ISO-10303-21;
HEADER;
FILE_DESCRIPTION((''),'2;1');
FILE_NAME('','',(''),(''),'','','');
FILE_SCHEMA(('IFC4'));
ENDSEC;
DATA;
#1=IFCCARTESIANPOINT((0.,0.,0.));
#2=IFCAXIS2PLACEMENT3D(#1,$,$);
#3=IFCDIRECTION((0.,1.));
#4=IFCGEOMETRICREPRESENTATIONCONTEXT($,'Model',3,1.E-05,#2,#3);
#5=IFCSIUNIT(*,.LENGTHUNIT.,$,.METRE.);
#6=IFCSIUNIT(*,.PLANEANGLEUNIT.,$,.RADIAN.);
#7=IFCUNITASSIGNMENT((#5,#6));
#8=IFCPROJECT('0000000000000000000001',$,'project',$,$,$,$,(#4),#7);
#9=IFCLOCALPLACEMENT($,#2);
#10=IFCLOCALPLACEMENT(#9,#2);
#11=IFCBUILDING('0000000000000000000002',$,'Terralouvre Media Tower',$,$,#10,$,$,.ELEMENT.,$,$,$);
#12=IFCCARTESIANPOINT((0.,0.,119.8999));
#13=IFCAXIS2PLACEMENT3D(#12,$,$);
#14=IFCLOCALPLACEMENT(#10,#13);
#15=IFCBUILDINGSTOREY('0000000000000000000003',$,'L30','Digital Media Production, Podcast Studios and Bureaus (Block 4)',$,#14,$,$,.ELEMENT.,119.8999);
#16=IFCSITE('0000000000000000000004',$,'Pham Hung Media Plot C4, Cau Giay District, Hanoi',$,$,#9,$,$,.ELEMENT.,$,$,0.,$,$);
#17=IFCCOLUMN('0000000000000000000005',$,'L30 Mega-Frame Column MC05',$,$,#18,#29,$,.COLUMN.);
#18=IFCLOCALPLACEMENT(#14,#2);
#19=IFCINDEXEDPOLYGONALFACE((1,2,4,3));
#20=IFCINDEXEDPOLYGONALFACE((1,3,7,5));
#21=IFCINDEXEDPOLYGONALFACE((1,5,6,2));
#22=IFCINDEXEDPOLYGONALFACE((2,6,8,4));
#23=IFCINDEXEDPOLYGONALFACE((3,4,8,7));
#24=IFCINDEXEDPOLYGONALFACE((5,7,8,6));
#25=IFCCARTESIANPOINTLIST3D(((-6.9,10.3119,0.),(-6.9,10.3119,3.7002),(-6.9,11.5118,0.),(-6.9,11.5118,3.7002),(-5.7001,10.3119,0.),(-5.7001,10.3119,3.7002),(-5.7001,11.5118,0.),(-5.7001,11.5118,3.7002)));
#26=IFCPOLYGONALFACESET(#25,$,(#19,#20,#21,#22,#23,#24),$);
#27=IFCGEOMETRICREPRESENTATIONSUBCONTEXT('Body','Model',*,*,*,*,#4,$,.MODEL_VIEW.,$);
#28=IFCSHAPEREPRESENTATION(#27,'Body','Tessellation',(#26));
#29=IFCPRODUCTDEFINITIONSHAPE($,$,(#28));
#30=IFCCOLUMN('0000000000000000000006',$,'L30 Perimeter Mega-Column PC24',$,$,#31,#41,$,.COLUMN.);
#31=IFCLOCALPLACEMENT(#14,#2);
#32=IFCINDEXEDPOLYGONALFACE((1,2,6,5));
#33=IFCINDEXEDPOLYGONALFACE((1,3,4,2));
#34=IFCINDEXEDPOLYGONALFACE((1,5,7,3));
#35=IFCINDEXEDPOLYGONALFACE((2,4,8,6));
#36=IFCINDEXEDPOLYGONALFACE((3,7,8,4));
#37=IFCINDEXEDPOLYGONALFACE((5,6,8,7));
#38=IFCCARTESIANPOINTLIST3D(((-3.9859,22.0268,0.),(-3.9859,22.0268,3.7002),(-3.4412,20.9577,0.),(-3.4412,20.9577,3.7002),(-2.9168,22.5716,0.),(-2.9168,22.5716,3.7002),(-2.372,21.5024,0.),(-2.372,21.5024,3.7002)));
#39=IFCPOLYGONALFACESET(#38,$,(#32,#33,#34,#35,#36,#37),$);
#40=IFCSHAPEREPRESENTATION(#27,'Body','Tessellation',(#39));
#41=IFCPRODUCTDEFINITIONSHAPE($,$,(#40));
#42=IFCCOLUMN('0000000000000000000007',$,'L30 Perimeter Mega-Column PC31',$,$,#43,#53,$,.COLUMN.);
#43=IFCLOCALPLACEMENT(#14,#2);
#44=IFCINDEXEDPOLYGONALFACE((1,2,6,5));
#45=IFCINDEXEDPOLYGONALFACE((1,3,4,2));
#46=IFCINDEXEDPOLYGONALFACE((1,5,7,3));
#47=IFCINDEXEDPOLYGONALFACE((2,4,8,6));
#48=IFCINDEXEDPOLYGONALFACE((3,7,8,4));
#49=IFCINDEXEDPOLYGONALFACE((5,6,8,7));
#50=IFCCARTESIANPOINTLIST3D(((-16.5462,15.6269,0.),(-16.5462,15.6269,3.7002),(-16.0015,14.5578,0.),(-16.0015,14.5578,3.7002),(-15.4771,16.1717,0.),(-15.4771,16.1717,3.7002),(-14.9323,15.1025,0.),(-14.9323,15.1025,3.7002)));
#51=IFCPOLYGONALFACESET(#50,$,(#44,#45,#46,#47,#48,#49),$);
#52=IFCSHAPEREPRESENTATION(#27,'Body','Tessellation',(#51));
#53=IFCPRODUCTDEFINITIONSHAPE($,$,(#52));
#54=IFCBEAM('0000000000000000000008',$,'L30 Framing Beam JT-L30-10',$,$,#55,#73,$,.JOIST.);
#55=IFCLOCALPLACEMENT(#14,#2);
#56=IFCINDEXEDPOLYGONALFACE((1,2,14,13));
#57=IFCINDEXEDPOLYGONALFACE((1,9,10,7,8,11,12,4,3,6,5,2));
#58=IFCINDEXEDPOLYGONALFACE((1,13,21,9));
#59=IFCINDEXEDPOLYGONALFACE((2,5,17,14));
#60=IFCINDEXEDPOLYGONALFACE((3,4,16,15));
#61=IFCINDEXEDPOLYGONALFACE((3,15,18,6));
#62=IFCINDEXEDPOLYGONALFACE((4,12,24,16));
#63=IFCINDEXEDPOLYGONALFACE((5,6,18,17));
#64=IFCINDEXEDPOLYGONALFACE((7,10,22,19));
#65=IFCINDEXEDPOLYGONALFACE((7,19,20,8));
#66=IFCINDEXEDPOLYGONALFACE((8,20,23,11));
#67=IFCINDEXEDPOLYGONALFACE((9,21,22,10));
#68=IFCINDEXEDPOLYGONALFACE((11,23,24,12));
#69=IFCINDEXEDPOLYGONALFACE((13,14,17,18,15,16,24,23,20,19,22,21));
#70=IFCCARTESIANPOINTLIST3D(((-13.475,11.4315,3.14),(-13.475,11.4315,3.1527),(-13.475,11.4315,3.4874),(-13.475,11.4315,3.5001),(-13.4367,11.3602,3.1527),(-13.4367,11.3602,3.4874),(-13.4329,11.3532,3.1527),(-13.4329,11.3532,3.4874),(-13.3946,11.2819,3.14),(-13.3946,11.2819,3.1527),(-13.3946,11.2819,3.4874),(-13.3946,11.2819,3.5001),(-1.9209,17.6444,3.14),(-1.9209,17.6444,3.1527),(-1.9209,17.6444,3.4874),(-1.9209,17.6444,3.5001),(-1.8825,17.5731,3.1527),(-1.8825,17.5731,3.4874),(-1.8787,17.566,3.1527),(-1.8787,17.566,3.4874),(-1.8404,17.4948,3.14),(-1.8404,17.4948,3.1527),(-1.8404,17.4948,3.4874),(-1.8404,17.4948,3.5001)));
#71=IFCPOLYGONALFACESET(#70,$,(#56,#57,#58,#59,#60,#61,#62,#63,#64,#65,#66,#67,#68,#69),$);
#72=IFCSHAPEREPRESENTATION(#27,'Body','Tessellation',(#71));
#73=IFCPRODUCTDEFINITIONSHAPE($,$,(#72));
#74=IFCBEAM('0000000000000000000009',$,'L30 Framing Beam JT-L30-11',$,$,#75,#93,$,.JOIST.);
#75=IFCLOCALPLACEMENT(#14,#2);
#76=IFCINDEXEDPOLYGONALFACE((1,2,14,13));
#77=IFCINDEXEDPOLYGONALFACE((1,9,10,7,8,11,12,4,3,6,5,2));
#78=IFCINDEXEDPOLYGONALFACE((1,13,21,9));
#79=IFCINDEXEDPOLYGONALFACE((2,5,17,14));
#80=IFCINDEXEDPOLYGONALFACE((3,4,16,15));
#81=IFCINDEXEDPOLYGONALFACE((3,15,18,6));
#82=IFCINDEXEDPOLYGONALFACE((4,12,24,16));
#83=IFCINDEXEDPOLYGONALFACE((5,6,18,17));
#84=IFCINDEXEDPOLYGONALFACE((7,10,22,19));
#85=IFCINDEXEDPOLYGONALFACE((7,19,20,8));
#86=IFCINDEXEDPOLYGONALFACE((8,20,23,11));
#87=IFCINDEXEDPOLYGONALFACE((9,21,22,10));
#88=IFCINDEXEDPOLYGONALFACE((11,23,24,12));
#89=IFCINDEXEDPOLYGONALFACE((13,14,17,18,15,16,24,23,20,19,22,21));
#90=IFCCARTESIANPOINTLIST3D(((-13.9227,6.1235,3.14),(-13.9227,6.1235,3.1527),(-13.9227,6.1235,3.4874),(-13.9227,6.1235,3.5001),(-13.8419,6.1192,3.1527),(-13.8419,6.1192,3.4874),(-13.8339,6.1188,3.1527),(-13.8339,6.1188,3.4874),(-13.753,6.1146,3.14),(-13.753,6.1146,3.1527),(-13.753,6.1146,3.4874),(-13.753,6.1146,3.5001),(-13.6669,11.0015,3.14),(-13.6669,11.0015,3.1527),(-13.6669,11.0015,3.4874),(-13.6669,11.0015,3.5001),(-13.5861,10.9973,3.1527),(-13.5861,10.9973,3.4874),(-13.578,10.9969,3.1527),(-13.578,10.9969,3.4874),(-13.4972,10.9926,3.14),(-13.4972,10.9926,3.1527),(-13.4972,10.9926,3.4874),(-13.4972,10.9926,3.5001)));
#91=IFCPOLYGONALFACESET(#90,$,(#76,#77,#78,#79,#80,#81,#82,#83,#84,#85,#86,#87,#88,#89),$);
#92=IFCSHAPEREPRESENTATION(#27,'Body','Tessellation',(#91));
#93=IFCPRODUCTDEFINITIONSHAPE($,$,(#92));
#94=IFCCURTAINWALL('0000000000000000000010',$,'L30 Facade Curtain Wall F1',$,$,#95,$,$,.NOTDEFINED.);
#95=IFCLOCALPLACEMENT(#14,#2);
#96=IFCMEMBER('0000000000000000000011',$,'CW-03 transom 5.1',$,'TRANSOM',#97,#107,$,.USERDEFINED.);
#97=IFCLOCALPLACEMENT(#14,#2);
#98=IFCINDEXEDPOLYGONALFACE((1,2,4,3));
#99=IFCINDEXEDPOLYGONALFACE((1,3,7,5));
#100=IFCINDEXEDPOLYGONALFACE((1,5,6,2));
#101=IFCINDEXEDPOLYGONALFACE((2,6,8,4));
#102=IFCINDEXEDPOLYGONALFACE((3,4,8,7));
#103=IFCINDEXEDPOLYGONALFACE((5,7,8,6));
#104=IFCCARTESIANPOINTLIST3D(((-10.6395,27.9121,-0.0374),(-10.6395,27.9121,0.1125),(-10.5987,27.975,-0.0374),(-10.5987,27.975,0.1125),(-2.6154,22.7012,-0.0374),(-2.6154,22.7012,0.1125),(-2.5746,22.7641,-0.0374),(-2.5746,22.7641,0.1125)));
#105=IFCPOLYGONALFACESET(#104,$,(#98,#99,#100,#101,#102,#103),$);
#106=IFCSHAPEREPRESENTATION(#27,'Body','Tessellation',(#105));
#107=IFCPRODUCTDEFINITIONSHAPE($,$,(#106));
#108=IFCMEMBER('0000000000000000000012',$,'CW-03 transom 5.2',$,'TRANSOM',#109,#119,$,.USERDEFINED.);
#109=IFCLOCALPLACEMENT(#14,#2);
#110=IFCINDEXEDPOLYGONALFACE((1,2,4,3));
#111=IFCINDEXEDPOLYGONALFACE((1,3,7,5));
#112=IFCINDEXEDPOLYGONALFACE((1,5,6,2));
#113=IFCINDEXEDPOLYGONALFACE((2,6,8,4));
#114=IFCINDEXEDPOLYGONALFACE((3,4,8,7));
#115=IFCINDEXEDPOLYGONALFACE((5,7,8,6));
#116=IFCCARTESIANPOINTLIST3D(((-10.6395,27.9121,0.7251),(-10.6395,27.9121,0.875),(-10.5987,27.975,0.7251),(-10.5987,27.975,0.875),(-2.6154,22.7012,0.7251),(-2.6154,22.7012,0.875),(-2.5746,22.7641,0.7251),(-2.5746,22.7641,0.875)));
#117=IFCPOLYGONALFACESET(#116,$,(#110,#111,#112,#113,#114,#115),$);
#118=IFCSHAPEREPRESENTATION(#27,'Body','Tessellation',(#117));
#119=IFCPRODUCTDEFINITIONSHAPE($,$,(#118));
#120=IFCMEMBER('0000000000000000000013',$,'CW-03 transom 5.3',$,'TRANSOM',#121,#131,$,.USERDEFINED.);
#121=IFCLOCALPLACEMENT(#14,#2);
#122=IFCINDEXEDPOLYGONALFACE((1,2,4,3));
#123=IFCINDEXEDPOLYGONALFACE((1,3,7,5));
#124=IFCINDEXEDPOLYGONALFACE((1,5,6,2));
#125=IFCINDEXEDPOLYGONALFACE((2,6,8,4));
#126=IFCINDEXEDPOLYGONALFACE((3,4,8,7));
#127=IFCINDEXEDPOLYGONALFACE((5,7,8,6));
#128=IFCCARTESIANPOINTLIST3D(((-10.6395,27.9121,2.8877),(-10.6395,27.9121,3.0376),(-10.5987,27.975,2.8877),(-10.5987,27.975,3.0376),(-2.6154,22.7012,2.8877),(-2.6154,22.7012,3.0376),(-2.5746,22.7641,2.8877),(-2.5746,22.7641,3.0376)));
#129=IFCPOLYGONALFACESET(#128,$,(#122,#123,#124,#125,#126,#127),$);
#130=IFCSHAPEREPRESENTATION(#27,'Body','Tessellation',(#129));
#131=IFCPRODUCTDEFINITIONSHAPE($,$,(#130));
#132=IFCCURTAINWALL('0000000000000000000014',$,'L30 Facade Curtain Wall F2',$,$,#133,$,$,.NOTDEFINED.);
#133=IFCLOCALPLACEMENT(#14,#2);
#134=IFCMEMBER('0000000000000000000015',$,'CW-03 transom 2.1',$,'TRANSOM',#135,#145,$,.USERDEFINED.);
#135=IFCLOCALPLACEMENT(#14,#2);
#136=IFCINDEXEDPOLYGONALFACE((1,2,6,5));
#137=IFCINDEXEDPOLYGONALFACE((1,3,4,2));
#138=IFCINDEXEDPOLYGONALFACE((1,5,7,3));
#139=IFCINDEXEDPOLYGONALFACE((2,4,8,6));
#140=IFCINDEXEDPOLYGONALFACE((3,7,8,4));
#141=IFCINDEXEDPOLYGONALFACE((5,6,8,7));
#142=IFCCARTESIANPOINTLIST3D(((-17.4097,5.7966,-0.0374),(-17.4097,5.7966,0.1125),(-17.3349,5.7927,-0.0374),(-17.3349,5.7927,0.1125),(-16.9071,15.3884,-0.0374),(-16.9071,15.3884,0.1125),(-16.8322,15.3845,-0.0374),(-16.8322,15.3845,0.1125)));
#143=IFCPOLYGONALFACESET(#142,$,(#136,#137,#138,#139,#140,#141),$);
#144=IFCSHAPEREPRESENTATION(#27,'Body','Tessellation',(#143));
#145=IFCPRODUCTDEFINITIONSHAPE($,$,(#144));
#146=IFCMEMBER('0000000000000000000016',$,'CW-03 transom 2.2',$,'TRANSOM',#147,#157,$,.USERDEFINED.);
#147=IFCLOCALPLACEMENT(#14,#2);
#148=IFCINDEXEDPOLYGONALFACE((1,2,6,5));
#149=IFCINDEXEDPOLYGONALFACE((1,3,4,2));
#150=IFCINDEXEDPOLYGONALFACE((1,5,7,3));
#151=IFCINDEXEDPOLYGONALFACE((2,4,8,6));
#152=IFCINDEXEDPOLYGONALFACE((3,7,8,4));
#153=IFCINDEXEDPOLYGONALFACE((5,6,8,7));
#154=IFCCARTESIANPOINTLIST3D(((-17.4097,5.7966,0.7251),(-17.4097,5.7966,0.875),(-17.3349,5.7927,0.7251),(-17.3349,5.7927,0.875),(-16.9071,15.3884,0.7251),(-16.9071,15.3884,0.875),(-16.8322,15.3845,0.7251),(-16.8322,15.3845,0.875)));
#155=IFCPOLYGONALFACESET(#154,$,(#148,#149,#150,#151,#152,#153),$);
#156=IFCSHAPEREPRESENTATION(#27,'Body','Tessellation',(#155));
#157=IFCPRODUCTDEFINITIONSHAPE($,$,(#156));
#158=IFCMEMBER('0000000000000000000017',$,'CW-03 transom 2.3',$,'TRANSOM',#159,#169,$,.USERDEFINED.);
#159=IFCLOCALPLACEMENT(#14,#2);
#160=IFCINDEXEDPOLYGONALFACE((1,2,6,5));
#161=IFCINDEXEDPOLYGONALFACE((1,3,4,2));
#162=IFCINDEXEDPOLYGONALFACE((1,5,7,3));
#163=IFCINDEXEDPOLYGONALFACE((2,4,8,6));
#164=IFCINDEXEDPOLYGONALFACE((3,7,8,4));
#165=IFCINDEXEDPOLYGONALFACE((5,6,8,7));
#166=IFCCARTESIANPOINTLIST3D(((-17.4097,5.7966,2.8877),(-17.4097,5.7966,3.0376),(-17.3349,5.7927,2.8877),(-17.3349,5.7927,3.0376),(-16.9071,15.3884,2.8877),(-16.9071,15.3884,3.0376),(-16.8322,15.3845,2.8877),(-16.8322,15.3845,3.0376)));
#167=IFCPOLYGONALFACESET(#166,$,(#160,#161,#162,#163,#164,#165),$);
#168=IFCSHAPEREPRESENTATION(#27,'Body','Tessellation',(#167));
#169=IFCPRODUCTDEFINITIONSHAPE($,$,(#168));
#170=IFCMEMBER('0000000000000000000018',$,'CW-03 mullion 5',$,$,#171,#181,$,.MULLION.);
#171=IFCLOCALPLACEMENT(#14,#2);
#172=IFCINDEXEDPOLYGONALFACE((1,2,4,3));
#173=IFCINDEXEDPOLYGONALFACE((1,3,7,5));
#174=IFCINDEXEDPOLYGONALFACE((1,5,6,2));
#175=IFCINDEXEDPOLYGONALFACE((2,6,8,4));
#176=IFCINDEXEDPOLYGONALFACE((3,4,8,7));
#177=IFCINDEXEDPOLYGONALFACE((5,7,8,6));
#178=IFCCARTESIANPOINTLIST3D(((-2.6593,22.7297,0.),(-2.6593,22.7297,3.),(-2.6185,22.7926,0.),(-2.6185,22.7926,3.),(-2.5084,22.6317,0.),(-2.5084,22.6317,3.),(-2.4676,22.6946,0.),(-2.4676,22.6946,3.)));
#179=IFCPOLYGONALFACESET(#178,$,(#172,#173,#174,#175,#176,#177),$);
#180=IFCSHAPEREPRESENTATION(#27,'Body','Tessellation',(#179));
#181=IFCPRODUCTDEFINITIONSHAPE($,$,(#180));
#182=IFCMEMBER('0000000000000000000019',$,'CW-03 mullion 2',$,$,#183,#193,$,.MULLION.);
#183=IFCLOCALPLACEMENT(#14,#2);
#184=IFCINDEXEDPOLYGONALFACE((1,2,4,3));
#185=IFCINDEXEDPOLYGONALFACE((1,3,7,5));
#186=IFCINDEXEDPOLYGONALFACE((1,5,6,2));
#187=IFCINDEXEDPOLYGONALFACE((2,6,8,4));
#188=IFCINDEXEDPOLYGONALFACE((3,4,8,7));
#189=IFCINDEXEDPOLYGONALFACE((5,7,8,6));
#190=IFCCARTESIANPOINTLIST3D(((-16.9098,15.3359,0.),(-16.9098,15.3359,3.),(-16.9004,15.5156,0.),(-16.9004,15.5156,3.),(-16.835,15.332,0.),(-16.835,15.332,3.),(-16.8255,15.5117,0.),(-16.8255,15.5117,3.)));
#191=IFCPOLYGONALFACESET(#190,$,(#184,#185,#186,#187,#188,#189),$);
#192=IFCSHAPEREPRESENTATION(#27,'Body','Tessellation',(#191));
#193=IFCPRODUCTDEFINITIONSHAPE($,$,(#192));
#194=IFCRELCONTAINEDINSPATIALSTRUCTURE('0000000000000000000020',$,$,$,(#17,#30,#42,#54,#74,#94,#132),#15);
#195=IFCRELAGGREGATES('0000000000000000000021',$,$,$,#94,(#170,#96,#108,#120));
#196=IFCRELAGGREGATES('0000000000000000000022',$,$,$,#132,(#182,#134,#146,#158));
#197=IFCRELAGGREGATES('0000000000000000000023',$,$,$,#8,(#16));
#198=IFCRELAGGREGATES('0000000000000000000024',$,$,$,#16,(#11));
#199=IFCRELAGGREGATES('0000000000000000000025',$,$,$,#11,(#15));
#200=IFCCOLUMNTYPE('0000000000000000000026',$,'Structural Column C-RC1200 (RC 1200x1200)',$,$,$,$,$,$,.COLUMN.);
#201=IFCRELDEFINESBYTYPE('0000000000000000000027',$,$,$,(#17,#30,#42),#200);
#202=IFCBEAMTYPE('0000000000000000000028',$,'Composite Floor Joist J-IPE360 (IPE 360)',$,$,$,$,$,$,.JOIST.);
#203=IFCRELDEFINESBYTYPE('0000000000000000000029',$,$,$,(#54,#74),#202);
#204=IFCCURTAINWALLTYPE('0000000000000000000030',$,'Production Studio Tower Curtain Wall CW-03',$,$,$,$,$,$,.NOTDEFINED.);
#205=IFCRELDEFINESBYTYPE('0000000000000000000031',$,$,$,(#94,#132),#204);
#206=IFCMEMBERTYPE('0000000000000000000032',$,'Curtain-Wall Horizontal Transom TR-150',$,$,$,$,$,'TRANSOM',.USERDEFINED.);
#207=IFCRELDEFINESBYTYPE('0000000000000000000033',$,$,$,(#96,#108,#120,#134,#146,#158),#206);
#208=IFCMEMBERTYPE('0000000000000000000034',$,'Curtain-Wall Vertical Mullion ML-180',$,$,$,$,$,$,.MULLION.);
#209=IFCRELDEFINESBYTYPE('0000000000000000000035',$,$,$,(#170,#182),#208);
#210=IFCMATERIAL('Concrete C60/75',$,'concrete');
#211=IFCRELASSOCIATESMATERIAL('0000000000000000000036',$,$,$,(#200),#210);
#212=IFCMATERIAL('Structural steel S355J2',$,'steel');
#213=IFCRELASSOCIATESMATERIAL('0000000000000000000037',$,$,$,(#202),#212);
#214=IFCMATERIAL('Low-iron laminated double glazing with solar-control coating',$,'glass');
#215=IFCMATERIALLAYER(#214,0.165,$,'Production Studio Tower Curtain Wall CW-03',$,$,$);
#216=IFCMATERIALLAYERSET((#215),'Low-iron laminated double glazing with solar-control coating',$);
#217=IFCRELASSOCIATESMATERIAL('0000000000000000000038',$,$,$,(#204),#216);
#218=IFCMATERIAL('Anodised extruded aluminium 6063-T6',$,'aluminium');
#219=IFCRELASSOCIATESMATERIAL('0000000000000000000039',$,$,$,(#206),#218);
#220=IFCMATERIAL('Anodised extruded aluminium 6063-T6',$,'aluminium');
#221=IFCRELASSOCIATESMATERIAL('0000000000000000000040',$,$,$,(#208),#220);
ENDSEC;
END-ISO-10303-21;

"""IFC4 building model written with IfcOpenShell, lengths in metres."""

from ifc_helpers import new_model, si_unit, direction, frame, origin, origin_2d, place, context, subcontext, project, spatial, rectangle, i_section, extrude, material, layer, layer_set, material_profile, profile_set, type_object, element, aggregate, save


model = new_model("IFC4")

# Units and contexts
model_context = context("Model", 3, precision=1e-05, world=origin(), true_north=direction((0.0, 1.0)))
body_context = subcontext(model_context, "Body", "Model", "MODEL_VIEW")
ifc_project = project(units=[si_unit("LENGTHUNIT", "METRE"), si_unit("PLANEANGLEUNIT", "RADIAN")], contexts=[model_context])

# Site, building, storey
site_placement = place(None, origin())
site = spatial("IfcSite", under=ifc_project, at=site_placement, Name="Pham Hung Media Plot C4, Cau Giay District, Hanoi", CompositionType="ELEMENT", RefElevation=0.0)
building_placement = place(site_placement, origin())
building = spatial("IfcBuilding", under=site, at=building_placement, Name="Terralouvre Media Tower", CompositionType="ELEMENT")
storey_placement = place(building_placement, frame((0.0, 0.0, 119.8999)))
storey = spatial("IfcBuildingStorey", under=building, at=storey_placement, Name="L30", Description="Digital Media Production, Podcast Studios and Bureaus (Block 4)", CompositionType="ELEMENT", Elevation=119.8999)

# Columns
ifc_material_1 = material(Name="Concrete C60/75", Category="concrete")
ifc_material_profile_1 = material_profile(ifc_material_1, rectangle(XDim=1.2, YDim=1.2, at=origin_2d()), Name="RC 1200x1200")
ifc_profile_set_1 = profile_set([ifc_material_profile_1], Name="Concrete C60/75")
column_type = type_object("IfcColumnType", Name="Structural Column C-RC1200 (RC 1200x1200)", PredefinedType="COLUMN", material=ifc_profile_set_1)
for number, where, z_axis, x_axis, name in (
    (1, (-6.3, 10.9119, 0.0), (0.0, 0.0, 1.0), (1.0, 0.0, 0.0), "L30 Mega-Frame Column MC05"),
    (2, (-3.179, 21.7646, 0.0), (0.0, 0.0, 1.0), (0.891007, 0.45399, 0.0), "L30 Perimeter Mega-Column PC24"),
    (3, (-15.7393, 15.3647, 0.0), (0.0, 0.0, 1.0), (0.891007, 0.45399, 0.0), "L30 Perimeter Mega-Column PC31"),
):
    element("IfcColumn", number, at=place(storey_placement, frame(where, z_axis=z_axis, x_axis=x_axis)), inside=storey, type_object=column_type, Name=name, PredefinedType="COLUMN", context=body_context, shape_type="SweptSolid", body=[
        extrude(rectangle(XDim=1.2, YDim=1.2, at=origin_2d()), origin(), (0.0, 0.0, 1.0), 3.7002),
    ])

# Beams
ifc_material_2 = material(Name="Structural steel S355J2", Category="steel")
ifc_material_profile_2 = material_profile(ifc_material_2, i_section(OverallWidth=0.1699, OverallDepth=0.3601, WebThickness=0.0081, FlangeThickness=0.0127, at=origin_2d()), Name="IPE 360")
ifc_profile_set_2 = profile_set([ifc_material_profile_2], Name="Structural steel S355J2")
beam_type_1 = type_object("IfcBeamType", Name="Composite Floor Joist J-IPE360 (IPE 360)", PredefinedType="JOIST", material=ifc_profile_set_2)
beam_1_placement = place(storey_placement, frame((-1.8806, 17.5696, 3.3201), z_axis=(-0.880745, -0.473591, 0.0), x_axis=(0.473591, -0.880745, 0.0)))
element("IfcBeam", 4, at=beam_1_placement, inside=storey, type_object=beam_type_1, Name="L30 Framing Beam JT-L30-10", PredefinedType="JOIST", context=body_context, shape_type="SweptSolid", body=[
    extrude(i_section(OverallWidth=0.1699, OverallDepth=0.3601, WebThickness=0.0081, FlangeThickness=0.0127, at=origin_2d()), origin(), (0.0, 0.0, 1.0), 13.1187),
])
beam_2_placement = place(storey_placement, frame((-13.582, 10.9971, 3.3201), z_axis=(-0.052378, -0.998627, 0.0), x_axis=(0.998627, -0.052378, 0.0)))
element("IfcBeam", 5, at=beam_2_placement, inside=storey, type_object=beam_type_1, Name="L30 Framing Beam JT-L30-11", PredefinedType="JOIST", context=body_context, shape_type="SweptSolid", body=[
    extrude(i_section(OverallWidth=0.1699, OverallDepth=0.3601, WebThickness=0.0081, FlangeThickness=0.0127, at=origin_2d()), origin(), (0.0, 0.0, 1.0), 4.8848),
])

# Curtain walls, members
ifc_material_3 = material(Name="Low-iron laminated double glazing with solar-control coating", Category="glass")
ifc_layer_1 = layer(ifc_material_3, 0.165, Name="Production Studio Tower Curtain Wall CW-03")
ifc_layer_set_1 = layer_set([ifc_layer_1], Name="Low-iron laminated double glazing with solar-control coating")
curtain_wall_type = type_object("IfcCurtainWallType", Name="Production Studio Tower Curtain Wall CW-03", PredefinedType="NOTDEFINED", material=ifc_layer_set_1)
curtain_wall_1_placement = place(storey_placement, origin())
curtain_wall_1 = element("IfcCurtainWall", 6, at=curtain_wall_1_placement, inside=storey, type_object=curtain_wall_type, Name="L30 Facade Curtain Wall F1", PredefinedType="NOTDEFINED")
ifc_material_4 = material(Name="Anodised extruded aluminium 6063-T6", Category="aluminium")
ifc_material_profile_3 = material_profile(ifc_material_4, rectangle(XDim=0.075, YDim=0.1499, at=origin_2d()), Name="ALU 75x150")
ifc_profile_set_3 = profile_set([ifc_material_profile_3], Name="Anodised extruded aluminium 6063-T6")
member_type_1 = type_object("IfcMemberType", Name="Curtain-Wall Horizontal Transom TR-150", ElementType="TRANSOM", PredefinedType="USERDEFINED", material=ifc_profile_set_3)
member_1_placement = place(storey_placement, frame((-2.595, 22.7327, 0.0376), z_axis=(-0.838671, 0.544638, 0.0), x_axis=(-0.544638, -0.838671, 0.0)))
member_1 = element("IfcMember", 7, at=member_1_placement, type_object=member_type_1, Name="CW-03 transom 5.1", ObjectType="TRANSOM", PredefinedType="USERDEFINED", context=body_context, shape_type="SweptSolid", body=[
    extrude(rectangle(XDim=0.075, YDim=0.1499, at=origin_2d()), origin(), (0.0, 0.0, 1.0), 9.5676),
])
member_2_placement = place(storey_placement, frame((-2.595, 22.7327, 0.8), z_axis=(-0.838671, 0.544638, 0.0), x_axis=(-0.544638, -0.838671, 0.0)))
member_2 = element("IfcMember", 8, at=member_2_placement, type_object=member_type_1, Name="CW-03 transom 5.2", ObjectType="TRANSOM", PredefinedType="USERDEFINED", context=body_context, shape_type="SweptSolid", body=[
    extrude(rectangle(XDim=0.075, YDim=0.1499, at=origin_2d()), origin(), (0.0, 0.0, 1.0), 9.5676),
])
member_3_placement = place(storey_placement, frame((-2.595, 22.7327, 2.9626), z_axis=(-0.838671, 0.544638, 0.0), x_axis=(-0.544638, -0.838671, 0.0)))
member_3 = element("IfcMember", 9, at=member_3_placement, type_object=member_type_1, Name="CW-03 transom 5.3", ObjectType="TRANSOM", PredefinedType="USERDEFINED", context=body_context, shape_type="SweptSolid", body=[
    extrude(rectangle(XDim=0.075, YDim=0.1499, at=origin_2d()), origin(), (0.0, 0.0, 1.0), 9.5676),
])
curtain_wall_2_placement = place(storey_placement, origin())
curtain_wall_2 = element("IfcCurtainWall", 10, at=curtain_wall_2_placement, inside=storey, type_object=curtain_wall_type, Name="L30 Facade Curtain Wall F2", PredefinedType="NOTDEFINED")
member_4_placement = place(storey_placement, frame((-16.8696, 15.3865, 0.0376), z_axis=(-0.052336, -0.99863, 0.0), x_axis=(0.99863, -0.052336, 0.0)))
member_4 = element("IfcMember", 11, at=member_4_placement, type_object=member_type_1, Name="CW-03 transom 2.1", ObjectType="TRANSOM", PredefinedType="USERDEFINED", context=body_context, shape_type="SweptSolid", body=[
    extrude(rectangle(XDim=0.075, YDim=0.1499, at=origin_2d()), origin(), (0.0, 0.0, 1.0), 9.605),
])
member_5_placement = place(storey_placement, frame((-16.8696, 15.3865, 0.8), z_axis=(-0.052336, -0.99863, 0.0), x_axis=(0.99863, -0.052336, 0.0)))
member_5 = element("IfcMember", 12, at=member_5_placement, type_object=member_type_1, Name="CW-03 transom 2.2", ObjectType="TRANSOM", PredefinedType="USERDEFINED", context=body_context, shape_type="SweptSolid", body=[
    extrude(rectangle(XDim=0.075, YDim=0.1499, at=origin_2d()), origin(), (0.0, 0.0, 1.0), 9.605),
])
member_6_placement = place(storey_placement, frame((-16.8696, 15.3865, 2.9626), z_axis=(-0.052336, -0.99863, 0.0), x_axis=(0.99863, -0.052336, 0.0)))
member_6 = element("IfcMember", 13, at=member_6_placement, type_object=member_type_1, Name="CW-03 transom 2.3", ObjectType="TRANSOM", PredefinedType="USERDEFINED", context=body_context, shape_type="SweptSolid", body=[
    extrude(rectangle(XDim=0.075, YDim=0.1499, at=origin_2d()), origin(), (0.0, 0.0, 1.0), 9.605),
])

# Members
ifc_material_5 = material(Name="Anodised extruded aluminium 6063-T6", Category="aluminium")
ifc_material_profile_4 = material_profile(ifc_material_5, rectangle(XDim=0.075, YDim=0.1799, at=origin_2d()), Name="ALU 75x180")
ifc_profile_set_4 = profile_set([ifc_material_profile_4], Name="Anodised extruded aluminium 6063-T6")
member_type_2 = type_object("IfcMemberType", Name="Curtain-Wall Vertical Mullion ML-180", PredefinedType="MULLION", material=ifc_profile_set_4)
member_7_placement = place(storey_placement, frame((-2.5635, 22.7122, 0.0), z_axis=(0.0, 0.0, 1.0), x_axis=(-0.544639, -0.838671, 0.0)))
member_7 = element("IfcMember", 14, at=member_7_placement, type_object=member_type_2, Name="CW-03 mullion 5", PredefinedType="MULLION", context=body_context, shape_type="SweptSolid", body=[
    extrude(rectangle(XDim=0.075, YDim=0.1799, at=origin_2d()), origin(), (0.0, 0.0, 1.0), 3.0),
])
aggregate(curtain_wall_1, [member_7, member_1, member_2, member_3])
member_8_placement = place(storey_placement, frame((-16.8677, 15.4238, 0.0), z_axis=(0.0, 0.0, 1.0), x_axis=(0.99863, -0.052336, 0.0)))
member_8 = element("IfcMember", 15, at=member_8_placement, type_object=member_type_2, Name="CW-03 mullion 2", PredefinedType="MULLION", context=body_context, shape_type="SweptSolid", body=[
    extrude(rectangle(XDim=0.075, YDim=0.1799, at=origin_2d()), origin(), (0.0, 0.0, 1.0), 3.0),
])

aggregate(curtain_wall_2, [member_8, member_4, member_5, member_6])

save(model, "model.ifc")
